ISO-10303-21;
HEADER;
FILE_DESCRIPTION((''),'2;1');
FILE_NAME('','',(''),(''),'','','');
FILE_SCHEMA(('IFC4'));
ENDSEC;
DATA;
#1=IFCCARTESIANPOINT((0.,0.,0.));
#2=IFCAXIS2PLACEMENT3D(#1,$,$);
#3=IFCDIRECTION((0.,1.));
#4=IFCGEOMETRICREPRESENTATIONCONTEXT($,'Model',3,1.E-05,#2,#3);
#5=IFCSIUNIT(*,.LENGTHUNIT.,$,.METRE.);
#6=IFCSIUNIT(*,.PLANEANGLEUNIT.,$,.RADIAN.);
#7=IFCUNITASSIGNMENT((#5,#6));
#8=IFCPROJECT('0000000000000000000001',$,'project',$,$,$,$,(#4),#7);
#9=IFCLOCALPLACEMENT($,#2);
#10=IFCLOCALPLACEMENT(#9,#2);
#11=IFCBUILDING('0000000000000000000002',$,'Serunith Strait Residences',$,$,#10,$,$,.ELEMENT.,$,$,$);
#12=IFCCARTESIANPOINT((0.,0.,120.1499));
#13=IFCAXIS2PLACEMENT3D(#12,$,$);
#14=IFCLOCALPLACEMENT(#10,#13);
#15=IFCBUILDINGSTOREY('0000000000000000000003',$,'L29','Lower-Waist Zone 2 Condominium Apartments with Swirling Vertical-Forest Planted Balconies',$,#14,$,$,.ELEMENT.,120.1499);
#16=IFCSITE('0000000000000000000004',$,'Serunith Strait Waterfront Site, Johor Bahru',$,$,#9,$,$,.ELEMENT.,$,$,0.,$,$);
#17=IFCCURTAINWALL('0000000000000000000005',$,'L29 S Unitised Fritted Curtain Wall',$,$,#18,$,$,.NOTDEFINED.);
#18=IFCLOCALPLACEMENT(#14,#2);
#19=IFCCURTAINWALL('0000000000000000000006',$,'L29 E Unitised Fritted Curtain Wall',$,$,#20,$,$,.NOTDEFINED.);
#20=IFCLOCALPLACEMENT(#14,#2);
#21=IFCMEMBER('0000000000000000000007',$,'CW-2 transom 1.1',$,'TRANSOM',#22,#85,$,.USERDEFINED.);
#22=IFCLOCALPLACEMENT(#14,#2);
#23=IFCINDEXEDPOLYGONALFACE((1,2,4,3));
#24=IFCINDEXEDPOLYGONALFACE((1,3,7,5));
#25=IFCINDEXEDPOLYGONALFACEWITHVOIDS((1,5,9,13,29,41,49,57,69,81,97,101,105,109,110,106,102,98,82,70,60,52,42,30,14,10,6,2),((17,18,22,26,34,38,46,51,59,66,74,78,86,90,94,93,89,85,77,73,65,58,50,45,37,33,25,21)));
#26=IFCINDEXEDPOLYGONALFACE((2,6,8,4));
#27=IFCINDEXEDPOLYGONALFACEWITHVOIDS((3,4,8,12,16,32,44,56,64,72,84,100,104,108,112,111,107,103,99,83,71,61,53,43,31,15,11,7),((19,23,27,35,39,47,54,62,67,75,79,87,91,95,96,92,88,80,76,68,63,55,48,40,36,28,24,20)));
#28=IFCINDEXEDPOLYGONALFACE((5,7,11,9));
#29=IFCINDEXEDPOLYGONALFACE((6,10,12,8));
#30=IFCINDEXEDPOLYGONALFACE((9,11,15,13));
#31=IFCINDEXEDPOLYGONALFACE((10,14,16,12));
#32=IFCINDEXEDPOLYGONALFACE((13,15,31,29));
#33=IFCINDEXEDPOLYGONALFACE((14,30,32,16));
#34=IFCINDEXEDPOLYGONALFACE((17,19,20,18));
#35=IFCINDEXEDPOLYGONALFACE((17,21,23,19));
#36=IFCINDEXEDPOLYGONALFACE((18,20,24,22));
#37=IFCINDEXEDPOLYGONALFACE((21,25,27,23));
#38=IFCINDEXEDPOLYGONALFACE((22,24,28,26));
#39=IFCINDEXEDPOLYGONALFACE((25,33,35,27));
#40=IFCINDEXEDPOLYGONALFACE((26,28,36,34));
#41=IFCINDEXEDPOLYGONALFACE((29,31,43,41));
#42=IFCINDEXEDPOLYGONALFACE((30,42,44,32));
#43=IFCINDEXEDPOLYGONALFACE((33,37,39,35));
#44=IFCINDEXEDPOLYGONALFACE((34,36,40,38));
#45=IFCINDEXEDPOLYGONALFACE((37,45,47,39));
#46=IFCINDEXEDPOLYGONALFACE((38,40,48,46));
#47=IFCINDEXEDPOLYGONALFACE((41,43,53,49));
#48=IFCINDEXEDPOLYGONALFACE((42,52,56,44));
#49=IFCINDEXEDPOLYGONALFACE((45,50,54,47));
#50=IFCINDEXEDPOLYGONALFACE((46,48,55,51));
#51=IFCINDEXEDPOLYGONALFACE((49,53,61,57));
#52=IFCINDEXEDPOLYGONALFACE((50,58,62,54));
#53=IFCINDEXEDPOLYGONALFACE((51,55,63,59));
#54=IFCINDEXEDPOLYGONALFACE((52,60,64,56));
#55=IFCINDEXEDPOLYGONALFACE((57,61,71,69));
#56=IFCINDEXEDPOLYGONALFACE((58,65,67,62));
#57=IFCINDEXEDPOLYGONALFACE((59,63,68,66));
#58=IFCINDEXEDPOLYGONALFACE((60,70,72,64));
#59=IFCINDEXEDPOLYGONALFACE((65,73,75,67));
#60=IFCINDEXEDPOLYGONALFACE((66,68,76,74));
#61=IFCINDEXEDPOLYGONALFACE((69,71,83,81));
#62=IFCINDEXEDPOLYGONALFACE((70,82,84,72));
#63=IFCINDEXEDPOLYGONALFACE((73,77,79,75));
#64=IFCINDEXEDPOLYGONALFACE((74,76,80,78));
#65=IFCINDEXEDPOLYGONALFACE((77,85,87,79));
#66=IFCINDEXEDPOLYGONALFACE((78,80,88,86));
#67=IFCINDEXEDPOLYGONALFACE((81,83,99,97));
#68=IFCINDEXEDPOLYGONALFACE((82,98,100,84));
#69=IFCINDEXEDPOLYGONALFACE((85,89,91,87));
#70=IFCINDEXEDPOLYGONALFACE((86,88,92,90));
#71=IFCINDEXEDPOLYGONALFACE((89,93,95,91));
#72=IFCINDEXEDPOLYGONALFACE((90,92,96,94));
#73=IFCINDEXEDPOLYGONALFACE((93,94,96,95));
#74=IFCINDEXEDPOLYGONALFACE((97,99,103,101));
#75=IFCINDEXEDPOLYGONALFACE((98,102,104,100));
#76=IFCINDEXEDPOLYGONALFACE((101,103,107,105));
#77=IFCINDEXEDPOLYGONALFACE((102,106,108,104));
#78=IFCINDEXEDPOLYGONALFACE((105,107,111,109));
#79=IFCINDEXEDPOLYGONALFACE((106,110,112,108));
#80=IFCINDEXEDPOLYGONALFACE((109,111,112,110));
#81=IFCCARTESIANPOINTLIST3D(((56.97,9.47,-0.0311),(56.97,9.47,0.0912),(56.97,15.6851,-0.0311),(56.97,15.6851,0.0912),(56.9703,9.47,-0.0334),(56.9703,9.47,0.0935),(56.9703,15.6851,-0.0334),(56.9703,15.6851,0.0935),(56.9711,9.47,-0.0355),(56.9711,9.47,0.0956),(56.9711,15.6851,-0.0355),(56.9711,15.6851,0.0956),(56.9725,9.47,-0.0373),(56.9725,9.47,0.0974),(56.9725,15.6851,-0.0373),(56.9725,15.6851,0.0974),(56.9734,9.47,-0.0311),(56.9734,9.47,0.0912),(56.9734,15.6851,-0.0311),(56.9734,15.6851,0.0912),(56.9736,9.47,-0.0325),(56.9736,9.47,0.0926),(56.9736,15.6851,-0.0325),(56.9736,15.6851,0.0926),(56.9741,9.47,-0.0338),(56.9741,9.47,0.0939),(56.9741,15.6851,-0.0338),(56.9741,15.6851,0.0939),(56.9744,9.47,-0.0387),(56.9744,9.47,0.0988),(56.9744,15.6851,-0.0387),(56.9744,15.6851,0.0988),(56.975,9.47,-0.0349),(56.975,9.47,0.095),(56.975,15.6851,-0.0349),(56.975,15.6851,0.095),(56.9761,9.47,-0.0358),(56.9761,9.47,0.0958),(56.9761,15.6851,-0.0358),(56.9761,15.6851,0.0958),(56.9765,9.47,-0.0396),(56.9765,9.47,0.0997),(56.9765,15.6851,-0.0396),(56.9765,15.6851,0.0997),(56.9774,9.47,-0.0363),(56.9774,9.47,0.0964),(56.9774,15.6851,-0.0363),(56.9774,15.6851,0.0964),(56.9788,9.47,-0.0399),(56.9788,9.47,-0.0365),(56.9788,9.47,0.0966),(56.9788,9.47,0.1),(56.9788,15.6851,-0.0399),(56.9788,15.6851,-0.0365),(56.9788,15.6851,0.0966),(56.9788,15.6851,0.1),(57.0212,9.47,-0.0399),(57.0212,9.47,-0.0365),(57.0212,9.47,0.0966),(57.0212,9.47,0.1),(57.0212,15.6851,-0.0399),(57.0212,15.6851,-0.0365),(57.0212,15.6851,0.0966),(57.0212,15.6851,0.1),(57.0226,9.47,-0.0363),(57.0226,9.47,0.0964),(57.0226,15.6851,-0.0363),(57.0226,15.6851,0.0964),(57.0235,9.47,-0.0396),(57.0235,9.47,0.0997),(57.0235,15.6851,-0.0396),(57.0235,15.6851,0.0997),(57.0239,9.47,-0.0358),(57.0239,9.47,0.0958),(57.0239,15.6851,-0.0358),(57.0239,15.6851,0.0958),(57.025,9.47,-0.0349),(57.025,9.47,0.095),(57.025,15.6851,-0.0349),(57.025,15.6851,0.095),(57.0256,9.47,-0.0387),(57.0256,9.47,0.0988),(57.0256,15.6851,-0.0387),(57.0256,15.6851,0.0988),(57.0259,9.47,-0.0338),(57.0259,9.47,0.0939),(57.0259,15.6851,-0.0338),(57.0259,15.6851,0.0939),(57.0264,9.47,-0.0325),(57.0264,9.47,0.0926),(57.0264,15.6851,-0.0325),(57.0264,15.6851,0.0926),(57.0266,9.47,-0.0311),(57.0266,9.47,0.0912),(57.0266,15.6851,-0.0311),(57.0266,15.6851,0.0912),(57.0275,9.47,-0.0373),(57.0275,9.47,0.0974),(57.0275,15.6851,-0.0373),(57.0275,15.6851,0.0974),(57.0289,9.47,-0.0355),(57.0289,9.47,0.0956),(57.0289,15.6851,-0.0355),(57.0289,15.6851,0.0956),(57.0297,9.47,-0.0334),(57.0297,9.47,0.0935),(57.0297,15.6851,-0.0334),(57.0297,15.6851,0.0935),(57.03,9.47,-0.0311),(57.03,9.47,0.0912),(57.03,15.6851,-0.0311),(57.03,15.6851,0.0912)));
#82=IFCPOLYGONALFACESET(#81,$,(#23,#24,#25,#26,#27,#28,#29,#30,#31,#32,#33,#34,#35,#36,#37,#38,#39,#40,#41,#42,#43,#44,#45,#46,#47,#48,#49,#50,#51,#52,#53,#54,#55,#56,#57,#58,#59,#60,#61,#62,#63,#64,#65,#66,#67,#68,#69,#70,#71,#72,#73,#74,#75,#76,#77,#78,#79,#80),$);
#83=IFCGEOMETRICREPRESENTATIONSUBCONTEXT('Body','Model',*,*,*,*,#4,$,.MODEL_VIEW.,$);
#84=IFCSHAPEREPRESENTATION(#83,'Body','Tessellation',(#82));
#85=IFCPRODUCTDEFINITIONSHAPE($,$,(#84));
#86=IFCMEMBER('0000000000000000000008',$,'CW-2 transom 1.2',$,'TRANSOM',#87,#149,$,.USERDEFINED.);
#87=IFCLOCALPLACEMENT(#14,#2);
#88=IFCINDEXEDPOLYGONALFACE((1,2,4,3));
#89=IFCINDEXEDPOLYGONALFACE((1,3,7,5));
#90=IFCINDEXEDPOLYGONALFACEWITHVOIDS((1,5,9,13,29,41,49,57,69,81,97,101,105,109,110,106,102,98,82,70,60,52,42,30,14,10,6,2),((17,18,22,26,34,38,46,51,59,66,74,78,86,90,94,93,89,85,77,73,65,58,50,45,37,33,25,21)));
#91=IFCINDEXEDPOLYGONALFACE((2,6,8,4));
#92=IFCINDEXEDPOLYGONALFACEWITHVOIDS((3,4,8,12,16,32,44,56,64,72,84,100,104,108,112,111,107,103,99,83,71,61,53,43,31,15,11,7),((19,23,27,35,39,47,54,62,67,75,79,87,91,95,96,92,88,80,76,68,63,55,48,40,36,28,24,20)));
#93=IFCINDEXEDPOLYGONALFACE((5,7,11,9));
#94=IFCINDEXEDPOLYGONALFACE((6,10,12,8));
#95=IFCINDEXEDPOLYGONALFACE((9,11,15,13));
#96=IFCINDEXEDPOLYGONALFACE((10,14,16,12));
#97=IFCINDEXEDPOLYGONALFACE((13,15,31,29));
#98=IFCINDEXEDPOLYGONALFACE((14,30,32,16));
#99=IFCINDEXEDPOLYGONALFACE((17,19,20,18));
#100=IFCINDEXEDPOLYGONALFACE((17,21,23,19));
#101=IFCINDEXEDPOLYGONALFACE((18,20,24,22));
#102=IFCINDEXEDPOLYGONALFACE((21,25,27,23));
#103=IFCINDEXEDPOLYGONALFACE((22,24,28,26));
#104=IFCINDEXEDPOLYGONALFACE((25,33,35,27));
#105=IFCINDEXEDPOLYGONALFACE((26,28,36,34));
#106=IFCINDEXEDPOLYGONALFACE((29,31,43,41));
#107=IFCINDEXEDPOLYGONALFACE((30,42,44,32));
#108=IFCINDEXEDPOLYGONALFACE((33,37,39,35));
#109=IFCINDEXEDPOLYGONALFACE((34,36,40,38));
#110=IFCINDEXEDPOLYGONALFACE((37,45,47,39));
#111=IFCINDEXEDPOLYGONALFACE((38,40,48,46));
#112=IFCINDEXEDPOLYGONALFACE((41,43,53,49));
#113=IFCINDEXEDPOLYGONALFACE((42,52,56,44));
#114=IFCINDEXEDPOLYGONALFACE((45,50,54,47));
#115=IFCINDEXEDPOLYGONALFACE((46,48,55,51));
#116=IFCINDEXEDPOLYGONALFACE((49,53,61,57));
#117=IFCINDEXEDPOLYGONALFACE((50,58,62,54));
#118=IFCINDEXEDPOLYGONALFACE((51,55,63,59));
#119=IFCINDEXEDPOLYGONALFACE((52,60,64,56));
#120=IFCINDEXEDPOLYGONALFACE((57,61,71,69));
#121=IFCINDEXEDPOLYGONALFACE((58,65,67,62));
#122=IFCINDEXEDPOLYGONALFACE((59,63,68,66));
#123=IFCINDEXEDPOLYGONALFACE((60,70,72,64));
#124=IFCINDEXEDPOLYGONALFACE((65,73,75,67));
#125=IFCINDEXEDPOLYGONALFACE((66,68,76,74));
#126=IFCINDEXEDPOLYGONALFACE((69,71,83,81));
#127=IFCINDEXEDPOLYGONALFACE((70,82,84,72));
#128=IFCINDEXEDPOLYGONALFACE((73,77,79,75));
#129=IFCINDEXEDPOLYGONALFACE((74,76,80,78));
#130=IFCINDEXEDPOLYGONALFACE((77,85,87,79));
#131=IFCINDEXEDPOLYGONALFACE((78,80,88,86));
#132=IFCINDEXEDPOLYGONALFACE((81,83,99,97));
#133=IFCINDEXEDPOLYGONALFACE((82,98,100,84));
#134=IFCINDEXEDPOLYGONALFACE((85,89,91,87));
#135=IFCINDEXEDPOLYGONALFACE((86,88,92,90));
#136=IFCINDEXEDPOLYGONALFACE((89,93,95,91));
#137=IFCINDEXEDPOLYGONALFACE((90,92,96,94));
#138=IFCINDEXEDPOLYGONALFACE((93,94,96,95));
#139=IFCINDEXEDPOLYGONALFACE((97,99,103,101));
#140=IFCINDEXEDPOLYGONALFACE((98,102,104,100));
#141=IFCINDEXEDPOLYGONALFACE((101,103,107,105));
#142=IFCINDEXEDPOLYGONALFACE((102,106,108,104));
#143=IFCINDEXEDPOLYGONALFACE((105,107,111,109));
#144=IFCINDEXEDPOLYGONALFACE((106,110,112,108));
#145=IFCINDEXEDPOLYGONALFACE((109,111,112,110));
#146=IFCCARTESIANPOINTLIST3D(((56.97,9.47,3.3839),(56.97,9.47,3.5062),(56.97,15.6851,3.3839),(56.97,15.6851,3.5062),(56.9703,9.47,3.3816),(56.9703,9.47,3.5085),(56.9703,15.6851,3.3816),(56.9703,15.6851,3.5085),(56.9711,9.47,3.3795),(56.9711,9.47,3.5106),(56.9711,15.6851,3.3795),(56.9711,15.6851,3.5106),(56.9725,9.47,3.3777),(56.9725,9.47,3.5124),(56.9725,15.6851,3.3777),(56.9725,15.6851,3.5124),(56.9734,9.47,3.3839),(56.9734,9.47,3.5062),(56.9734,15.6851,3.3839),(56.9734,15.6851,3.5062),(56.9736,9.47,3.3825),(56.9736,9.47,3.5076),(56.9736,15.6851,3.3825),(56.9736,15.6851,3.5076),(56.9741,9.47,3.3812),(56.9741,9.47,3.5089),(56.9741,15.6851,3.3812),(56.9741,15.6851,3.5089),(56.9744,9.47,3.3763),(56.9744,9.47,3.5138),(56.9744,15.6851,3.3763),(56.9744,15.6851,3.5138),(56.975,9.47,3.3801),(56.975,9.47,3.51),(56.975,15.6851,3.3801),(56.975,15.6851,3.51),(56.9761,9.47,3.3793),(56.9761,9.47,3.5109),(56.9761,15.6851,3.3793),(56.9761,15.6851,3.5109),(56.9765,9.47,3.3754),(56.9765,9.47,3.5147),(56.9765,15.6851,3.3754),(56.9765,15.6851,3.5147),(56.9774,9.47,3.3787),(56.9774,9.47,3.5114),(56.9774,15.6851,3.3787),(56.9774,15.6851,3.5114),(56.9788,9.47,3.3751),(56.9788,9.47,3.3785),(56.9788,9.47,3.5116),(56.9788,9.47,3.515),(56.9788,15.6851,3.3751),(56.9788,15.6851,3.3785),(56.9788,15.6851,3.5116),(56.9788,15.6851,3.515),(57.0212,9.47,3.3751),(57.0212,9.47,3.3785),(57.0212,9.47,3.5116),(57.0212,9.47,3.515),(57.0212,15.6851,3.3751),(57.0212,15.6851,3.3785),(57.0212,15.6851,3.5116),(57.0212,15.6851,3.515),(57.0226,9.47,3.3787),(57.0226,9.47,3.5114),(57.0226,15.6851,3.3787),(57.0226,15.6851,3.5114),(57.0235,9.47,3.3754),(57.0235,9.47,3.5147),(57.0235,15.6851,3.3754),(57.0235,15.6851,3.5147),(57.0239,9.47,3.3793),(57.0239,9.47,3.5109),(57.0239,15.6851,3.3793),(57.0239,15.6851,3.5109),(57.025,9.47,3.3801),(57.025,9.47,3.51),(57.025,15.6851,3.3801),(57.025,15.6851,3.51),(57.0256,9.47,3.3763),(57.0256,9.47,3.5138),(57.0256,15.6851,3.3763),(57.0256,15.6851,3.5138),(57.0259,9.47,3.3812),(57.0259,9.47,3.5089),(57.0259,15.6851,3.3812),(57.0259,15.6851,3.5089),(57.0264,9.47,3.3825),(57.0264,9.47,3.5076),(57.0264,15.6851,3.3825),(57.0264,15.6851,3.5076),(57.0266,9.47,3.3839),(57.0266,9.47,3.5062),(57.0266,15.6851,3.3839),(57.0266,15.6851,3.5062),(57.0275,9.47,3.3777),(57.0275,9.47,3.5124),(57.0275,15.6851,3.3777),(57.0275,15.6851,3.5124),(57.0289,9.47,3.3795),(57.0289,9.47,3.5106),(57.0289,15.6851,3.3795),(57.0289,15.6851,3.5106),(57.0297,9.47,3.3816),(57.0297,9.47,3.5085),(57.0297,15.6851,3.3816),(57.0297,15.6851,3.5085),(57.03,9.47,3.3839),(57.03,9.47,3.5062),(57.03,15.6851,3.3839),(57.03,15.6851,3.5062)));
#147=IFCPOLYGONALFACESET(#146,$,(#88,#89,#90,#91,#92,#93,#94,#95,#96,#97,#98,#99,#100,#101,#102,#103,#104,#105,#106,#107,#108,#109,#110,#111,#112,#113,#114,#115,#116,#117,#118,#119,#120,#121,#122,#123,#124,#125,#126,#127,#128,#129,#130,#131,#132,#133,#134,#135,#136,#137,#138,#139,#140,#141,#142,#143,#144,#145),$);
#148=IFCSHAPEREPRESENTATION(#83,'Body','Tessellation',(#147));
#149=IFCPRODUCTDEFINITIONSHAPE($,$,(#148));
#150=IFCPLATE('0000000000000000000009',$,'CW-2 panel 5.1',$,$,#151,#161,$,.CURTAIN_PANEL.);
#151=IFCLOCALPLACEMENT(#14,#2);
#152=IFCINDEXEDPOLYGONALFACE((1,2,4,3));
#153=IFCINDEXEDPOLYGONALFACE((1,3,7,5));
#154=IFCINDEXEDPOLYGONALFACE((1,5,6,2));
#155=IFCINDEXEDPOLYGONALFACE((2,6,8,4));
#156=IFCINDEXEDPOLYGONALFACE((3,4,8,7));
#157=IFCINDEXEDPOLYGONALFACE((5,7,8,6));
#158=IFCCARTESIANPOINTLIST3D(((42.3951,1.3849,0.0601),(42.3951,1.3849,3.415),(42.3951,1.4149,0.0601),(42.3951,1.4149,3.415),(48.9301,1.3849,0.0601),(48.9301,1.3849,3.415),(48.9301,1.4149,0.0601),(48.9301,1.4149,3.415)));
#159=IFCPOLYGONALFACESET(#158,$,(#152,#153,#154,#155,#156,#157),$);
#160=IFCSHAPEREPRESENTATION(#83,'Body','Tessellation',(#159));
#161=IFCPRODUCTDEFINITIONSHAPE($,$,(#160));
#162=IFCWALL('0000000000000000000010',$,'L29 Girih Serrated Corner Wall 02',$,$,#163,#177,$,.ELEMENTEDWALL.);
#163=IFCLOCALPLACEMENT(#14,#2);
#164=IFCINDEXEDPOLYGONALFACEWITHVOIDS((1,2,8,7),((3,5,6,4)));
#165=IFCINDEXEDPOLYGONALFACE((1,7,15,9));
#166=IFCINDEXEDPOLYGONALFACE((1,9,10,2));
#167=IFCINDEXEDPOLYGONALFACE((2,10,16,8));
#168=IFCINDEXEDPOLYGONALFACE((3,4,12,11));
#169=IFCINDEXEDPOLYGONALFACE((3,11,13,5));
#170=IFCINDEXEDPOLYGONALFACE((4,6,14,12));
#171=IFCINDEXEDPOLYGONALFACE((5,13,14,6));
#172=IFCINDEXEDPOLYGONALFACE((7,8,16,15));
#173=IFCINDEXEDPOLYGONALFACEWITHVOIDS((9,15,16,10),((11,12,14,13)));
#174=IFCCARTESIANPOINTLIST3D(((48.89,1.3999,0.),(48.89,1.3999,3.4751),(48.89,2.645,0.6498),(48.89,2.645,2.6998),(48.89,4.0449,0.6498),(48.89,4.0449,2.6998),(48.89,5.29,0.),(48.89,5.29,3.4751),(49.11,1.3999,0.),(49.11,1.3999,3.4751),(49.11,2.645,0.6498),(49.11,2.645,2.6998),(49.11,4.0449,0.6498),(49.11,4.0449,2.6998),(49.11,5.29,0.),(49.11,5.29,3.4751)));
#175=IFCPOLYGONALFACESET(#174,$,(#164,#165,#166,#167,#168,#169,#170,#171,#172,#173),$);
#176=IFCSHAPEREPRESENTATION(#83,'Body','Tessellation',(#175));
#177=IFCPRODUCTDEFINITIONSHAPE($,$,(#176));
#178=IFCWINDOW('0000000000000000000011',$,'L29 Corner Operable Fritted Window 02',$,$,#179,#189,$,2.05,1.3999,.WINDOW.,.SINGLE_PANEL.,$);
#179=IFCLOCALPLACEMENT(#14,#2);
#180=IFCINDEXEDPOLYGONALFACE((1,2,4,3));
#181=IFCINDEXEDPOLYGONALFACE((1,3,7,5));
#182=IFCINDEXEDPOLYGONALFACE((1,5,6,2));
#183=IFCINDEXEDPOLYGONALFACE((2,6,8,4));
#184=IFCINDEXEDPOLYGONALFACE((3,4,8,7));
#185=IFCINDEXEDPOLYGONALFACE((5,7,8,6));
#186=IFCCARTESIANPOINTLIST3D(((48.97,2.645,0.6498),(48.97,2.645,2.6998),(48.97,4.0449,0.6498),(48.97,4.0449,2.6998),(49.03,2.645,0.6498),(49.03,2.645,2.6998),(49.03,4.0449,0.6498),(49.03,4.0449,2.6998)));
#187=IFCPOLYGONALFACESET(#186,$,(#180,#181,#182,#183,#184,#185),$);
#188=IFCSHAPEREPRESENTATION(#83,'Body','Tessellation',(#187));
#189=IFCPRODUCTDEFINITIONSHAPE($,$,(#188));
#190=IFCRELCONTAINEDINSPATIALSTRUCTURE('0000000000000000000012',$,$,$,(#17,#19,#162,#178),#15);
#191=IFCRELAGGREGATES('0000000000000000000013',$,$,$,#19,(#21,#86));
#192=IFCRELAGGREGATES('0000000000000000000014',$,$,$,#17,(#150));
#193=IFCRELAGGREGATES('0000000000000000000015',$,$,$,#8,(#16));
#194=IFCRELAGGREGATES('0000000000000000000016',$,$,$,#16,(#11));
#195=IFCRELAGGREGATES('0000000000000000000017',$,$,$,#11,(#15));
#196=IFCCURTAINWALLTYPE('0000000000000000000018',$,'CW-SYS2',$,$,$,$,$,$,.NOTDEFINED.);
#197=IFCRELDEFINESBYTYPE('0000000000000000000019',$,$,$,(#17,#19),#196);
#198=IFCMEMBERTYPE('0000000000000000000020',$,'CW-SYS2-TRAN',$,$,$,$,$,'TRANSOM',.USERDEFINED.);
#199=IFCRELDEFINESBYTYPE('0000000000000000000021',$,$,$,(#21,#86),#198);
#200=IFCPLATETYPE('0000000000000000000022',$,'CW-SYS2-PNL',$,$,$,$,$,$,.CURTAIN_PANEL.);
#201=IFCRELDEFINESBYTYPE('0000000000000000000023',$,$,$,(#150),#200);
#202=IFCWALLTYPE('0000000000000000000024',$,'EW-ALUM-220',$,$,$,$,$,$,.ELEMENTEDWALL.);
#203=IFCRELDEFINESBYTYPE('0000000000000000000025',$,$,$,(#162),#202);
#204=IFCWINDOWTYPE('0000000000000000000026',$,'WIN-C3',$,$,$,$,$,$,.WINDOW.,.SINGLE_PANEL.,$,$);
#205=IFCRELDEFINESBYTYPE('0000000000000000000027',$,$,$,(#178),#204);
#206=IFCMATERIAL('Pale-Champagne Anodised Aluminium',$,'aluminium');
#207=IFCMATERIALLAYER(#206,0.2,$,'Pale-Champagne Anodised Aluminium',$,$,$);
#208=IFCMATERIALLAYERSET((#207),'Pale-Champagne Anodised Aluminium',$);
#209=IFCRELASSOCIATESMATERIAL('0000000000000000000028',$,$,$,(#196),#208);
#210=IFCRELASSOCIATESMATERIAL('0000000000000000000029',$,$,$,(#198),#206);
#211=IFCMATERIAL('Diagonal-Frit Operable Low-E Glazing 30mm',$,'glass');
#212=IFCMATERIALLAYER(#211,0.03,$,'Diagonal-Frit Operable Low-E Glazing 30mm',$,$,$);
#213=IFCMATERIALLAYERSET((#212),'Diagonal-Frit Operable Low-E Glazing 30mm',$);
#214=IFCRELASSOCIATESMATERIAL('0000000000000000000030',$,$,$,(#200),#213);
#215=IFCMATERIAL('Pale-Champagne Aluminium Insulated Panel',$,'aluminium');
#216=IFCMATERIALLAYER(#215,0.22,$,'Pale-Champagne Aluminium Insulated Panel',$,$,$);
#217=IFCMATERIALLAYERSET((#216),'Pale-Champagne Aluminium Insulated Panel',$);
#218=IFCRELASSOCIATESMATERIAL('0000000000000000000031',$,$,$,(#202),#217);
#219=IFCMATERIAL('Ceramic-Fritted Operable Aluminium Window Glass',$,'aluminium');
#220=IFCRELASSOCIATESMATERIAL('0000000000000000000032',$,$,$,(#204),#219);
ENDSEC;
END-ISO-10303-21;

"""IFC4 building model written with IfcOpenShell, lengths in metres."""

from ifc_helpers import new_model, si_unit, direction, frame, frame_2d, origin, origin_2d, place, context, subcontext, project, spatial, rectangle, hollow_rectangle, extrude, source, transform, mapped, material, layer, layer_set, material_profile, profile_set, type_object, element, fill, aggregate, save


model = new_model("IFC4")

# Units and contexts
model_context = context("Model", 3, precision=1e-05, world=origin(), true_north=direction((0.0, 1.0)))
body_context = subcontext(model_context, "Body", "Model", "MODEL_VIEW")
ifc_project = project(units=[si_unit("LENGTHUNIT", "METRE"), si_unit("PLANEANGLEUNIT", "RADIAN")], contexts=[model_context])

# Site, building, storey
site_placement = place(None, origin())
site = spatial("IfcSite", under=ifc_project, at=site_placement, Name="Serunith Strait Waterfront Site, Johor Bahru", CompositionType="ELEMENT", RefElevation=0.0)
building_placement = place(site_placement, origin())
building = spatial("IfcBuilding", under=site, at=building_placement, Name="Serunith Strait Residences", CompositionType="ELEMENT")
storey_placement = place(building_placement, frame((0.0, 0.0, 120.1499)))
storey = spatial("IfcBuildingStorey", under=building, at=storey_placement, Name="L29", Description="Lower-Waist Zone 2 Condominium Apartments with Swirling Vertical-Forest Planted Balconies", CompositionType="ELEMENT", Elevation=120.1499)

# Curtain wall
ifc_material_1 = material(Name="Pale-Champagne Anodised Aluminium", Category="aluminium")
ifc_layer_1 = layer(ifc_material_1, 0.2, Name="Pale-Champagne Anodised Aluminium")
ifc_layer_set_1 = layer_set([ifc_layer_1], Name="Pale-Champagne Anodised Aluminium")
curtain_wall_type = type_object("IfcCurtainWallType", Name="CW-SYS2", PredefinedType="NOTDEFINED", material=ifc_layer_set_1)
curtain_wall_1_placement = place(storey_placement, origin())
curtain_wall_1 = element("IfcCurtainWall", 1, at=curtain_wall_1_placement, inside=storey, type_object=curtain_wall_type, Name="L29 S Unitised Fritted Curtain Wall", PredefinedType="NOTDEFINED")

# Curtain wall, members
curtain_wall_2_placement = place(storey_placement, origin())
curtain_wall_2 = element("IfcCurtainWall", 2, at=curtain_wall_2_placement, inside=storey, type_object=curtain_wall_type, Name="L29 E Unitised Fritted Curtain Wall", PredefinedType="NOTDEFINED")
ifc_material_profile_1 = material_profile(ifc_material_1, hollow_rectangle(XDim=0.0601, YDim=0.1399, WallThickness=0.0034, InnerFilletRadius=0.0054, OuterFilletRadius=0.0088, at=origin_2d()), Name="ALU 140x60x3.5")
ifc_profile_set_1 = profile_set([ifc_material_profile_1], Name="Pale-Champagne Anodised Aluminium")
member_type_1 = type_object("IfcMemberType", Name="CW-SYS2-TRAN", ElementType="TRANSOM", PredefinedType="USERDEFINED", material=ifc_profile_set_1)
shared_shape_1 = source(origin(), body_context, "Body", "SweptSolid", [
    extrude(hollow_rectangle(XDim=0.0601, YDim=0.1399, WallThickness=0.0034, InnerFilletRadius=0.0054, OuterFilletRadius=0.0088, at=origin_2d()), origin(), (0.0, 0.0, 1.0), 6.2151),
])
member_1_placement = place(storey_placement, frame((57.0, 9.47, 0.03), z_axis=(0.0, 1.0, 0.0), x_axis=(-1.0, 0.0, 0.0)))
member_1 = element("IfcMember", 3, at=member_1_placement, type_object=member_type_1, Name="CW-2 transom 1.1", ObjectType="TRANSOM", PredefinedType="USERDEFINED", context=body_context, shape_type="MappedRepresentation", body=[
    mapped(shared_shape_1, transform((0.0, 0.0, 0.0), scale=1.0)),
])
member_2_placement = place(storey_placement, frame((57.0, 9.47, 3.4451), z_axis=(0.0, 1.0, 0.0), x_axis=(-1.0, 0.0, 0.0)))
member_2 = element("IfcMember", 4, at=member_2_placement, type_object=member_type_1, Name="CW-2 transom 1.2", ObjectType="TRANSOM", PredefinedType="USERDEFINED", context=body_context, shape_type="MappedRepresentation", body=[
    mapped(shared_shape_1, transform((0.0, 0.0, 0.0), scale=1.0)),
])
aggregate(curtain_wall_2, [member_1, member_2])

# Plate
ifc_material_2 = material(Name="Diagonal-Frit Operable Low-E Glazing 30mm", Category="glass")
ifc_layer_2 = layer(ifc_material_2, 0.03, Name="Diagonal-Frit Operable Low-E Glazing 30mm")
ifc_layer_set_2 = layer_set([ifc_layer_2], Name="Diagonal-Frit Operable Low-E Glazing 30mm")
plate_type = type_object("IfcPlateType", Name="CW-SYS2-PNL", PredefinedType="CURTAIN_PANEL", material=ifc_layer_set_2)
shared_shape_2 = source(origin(), body_context, "Body", "SweptSolid", [
    extrude(rectangle(XDim=6.5349, YDim=0.03, at=origin_2d()), origin(), (0.0, 0.0, 1.0), 3.355),
])
plate_placement = place(storey_placement, frame((45.6626, 1.3999, 0.0601), z_axis=(0.0, 0.0, 1.0), x_axis=(1.0, 0.0, 0.0)))
plate = element("IfcPlate", 5, at=plate_placement, type_object=plate_type, Name="CW-2 panel 5.1", PredefinedType="CURTAIN_PANEL", context=body_context, shape_type="MappedRepresentation", body=[
    mapped(shared_shape_2, transform((0.0, 0.0, 0.0), scale=1.0)),
])
aggregate(curtain_wall_1, [plate])

# Wall, opening, window
ifc_material_3 = material(Name="Pale-Champagne Aluminium Insulated Panel", Category="aluminium")
ifc_layer_3 = layer(ifc_material_3, 0.22, Name="Pale-Champagne Aluminium Insulated Panel")
ifc_layer_set_3 = layer_set([ifc_layer_3], Name="Pale-Champagne Aluminium Insulated Panel")
wall_type_1 = type_object("IfcWallType", Name="EW-ALUM-220", PredefinedType="ELEMENTEDWALL", material=ifc_layer_set_3)
wall_1_placement = place(storey_placement, frame((49.0, 1.3999, 0.0), z_axis=(0.0, 0.0, 1.0), x_axis=(0.0, 1.0, 0.0)))
wall_1 = element("IfcWall", 6, at=wall_1_placement, inside=storey, type_object=wall_type_1, Name="L29 Girih Serrated Corner Wall 02", PredefinedType="ELEMENTEDWALL", context=body_context, shape_type="SweptSolid", body=[
    extrude(rectangle(XDim=3.8901, YDim=0.22, at=frame_2d((1.9451, 0.0))), origin(), (0.0, 0.0, 1.0), 3.4751),
])
opening_1_placement = place(wall_1_placement, frame((1.2451, 0.0, 0.6499)))
opening_1 = element("IfcOpeningElement", 7, at=opening_1_placement, cuts=wall_1, PredefinedType="OPENING", context=body_context, shape_type="SweptSolid", body=[
    extrude(rectangle(XDim=1.3999, YDim=2.05, at=frame_2d((0.7, 1.0249))), frame((0.0, 0.1201, 0.0), z_axis=(0.0, -1.0, 0.0), x_axis=(1.0, 0.0, 0.0)), (0.0, 0.0, 1.0), 0.24),
])
ifc_material_4 = material(Name="Ceramic-Fritted Operable Aluminium Window Glass", Category="aluminium")
window_type = type_object("IfcWindowType", Name="WIN-C3", PartitioningType="SINGLE_PANEL", PredefinedType="WINDOW", material=ifc_material_4)
shared_shape_3 = source(origin(), body_context, "Body", "SweptSolid", [
    extrude(rectangle(XDim=1.3999, YDim=2.05, at=frame_2d((0.7, 1.0249))), frame((0.0, 0.03, 0.0), z_axis=(0.0, -1.0, 0.0), x_axis=(1.0, 0.0, 0.0)), (0.0, 0.0, 1.0), 0.0601),
])
window_1_placement = place(opening_1_placement, origin())
window_1 = element("IfcWindow", 8, at=window_1_placement, inside=storey, type_object=window_type, Name="L29 Corner Operable Fritted Window 02", OverallHeight=2.05, OverallWidth=1.3999, PartitioningType="SINGLE_PANEL", PredefinedType="WINDOW", context=body_context, shape_type="MappedRepresentation", body=[
    mapped(shared_shape_3, transform((0.0, 0.0, 0.0), scale=1.0)),
])
fill(opening_1, window_1)

save(model, "model.ifc")
